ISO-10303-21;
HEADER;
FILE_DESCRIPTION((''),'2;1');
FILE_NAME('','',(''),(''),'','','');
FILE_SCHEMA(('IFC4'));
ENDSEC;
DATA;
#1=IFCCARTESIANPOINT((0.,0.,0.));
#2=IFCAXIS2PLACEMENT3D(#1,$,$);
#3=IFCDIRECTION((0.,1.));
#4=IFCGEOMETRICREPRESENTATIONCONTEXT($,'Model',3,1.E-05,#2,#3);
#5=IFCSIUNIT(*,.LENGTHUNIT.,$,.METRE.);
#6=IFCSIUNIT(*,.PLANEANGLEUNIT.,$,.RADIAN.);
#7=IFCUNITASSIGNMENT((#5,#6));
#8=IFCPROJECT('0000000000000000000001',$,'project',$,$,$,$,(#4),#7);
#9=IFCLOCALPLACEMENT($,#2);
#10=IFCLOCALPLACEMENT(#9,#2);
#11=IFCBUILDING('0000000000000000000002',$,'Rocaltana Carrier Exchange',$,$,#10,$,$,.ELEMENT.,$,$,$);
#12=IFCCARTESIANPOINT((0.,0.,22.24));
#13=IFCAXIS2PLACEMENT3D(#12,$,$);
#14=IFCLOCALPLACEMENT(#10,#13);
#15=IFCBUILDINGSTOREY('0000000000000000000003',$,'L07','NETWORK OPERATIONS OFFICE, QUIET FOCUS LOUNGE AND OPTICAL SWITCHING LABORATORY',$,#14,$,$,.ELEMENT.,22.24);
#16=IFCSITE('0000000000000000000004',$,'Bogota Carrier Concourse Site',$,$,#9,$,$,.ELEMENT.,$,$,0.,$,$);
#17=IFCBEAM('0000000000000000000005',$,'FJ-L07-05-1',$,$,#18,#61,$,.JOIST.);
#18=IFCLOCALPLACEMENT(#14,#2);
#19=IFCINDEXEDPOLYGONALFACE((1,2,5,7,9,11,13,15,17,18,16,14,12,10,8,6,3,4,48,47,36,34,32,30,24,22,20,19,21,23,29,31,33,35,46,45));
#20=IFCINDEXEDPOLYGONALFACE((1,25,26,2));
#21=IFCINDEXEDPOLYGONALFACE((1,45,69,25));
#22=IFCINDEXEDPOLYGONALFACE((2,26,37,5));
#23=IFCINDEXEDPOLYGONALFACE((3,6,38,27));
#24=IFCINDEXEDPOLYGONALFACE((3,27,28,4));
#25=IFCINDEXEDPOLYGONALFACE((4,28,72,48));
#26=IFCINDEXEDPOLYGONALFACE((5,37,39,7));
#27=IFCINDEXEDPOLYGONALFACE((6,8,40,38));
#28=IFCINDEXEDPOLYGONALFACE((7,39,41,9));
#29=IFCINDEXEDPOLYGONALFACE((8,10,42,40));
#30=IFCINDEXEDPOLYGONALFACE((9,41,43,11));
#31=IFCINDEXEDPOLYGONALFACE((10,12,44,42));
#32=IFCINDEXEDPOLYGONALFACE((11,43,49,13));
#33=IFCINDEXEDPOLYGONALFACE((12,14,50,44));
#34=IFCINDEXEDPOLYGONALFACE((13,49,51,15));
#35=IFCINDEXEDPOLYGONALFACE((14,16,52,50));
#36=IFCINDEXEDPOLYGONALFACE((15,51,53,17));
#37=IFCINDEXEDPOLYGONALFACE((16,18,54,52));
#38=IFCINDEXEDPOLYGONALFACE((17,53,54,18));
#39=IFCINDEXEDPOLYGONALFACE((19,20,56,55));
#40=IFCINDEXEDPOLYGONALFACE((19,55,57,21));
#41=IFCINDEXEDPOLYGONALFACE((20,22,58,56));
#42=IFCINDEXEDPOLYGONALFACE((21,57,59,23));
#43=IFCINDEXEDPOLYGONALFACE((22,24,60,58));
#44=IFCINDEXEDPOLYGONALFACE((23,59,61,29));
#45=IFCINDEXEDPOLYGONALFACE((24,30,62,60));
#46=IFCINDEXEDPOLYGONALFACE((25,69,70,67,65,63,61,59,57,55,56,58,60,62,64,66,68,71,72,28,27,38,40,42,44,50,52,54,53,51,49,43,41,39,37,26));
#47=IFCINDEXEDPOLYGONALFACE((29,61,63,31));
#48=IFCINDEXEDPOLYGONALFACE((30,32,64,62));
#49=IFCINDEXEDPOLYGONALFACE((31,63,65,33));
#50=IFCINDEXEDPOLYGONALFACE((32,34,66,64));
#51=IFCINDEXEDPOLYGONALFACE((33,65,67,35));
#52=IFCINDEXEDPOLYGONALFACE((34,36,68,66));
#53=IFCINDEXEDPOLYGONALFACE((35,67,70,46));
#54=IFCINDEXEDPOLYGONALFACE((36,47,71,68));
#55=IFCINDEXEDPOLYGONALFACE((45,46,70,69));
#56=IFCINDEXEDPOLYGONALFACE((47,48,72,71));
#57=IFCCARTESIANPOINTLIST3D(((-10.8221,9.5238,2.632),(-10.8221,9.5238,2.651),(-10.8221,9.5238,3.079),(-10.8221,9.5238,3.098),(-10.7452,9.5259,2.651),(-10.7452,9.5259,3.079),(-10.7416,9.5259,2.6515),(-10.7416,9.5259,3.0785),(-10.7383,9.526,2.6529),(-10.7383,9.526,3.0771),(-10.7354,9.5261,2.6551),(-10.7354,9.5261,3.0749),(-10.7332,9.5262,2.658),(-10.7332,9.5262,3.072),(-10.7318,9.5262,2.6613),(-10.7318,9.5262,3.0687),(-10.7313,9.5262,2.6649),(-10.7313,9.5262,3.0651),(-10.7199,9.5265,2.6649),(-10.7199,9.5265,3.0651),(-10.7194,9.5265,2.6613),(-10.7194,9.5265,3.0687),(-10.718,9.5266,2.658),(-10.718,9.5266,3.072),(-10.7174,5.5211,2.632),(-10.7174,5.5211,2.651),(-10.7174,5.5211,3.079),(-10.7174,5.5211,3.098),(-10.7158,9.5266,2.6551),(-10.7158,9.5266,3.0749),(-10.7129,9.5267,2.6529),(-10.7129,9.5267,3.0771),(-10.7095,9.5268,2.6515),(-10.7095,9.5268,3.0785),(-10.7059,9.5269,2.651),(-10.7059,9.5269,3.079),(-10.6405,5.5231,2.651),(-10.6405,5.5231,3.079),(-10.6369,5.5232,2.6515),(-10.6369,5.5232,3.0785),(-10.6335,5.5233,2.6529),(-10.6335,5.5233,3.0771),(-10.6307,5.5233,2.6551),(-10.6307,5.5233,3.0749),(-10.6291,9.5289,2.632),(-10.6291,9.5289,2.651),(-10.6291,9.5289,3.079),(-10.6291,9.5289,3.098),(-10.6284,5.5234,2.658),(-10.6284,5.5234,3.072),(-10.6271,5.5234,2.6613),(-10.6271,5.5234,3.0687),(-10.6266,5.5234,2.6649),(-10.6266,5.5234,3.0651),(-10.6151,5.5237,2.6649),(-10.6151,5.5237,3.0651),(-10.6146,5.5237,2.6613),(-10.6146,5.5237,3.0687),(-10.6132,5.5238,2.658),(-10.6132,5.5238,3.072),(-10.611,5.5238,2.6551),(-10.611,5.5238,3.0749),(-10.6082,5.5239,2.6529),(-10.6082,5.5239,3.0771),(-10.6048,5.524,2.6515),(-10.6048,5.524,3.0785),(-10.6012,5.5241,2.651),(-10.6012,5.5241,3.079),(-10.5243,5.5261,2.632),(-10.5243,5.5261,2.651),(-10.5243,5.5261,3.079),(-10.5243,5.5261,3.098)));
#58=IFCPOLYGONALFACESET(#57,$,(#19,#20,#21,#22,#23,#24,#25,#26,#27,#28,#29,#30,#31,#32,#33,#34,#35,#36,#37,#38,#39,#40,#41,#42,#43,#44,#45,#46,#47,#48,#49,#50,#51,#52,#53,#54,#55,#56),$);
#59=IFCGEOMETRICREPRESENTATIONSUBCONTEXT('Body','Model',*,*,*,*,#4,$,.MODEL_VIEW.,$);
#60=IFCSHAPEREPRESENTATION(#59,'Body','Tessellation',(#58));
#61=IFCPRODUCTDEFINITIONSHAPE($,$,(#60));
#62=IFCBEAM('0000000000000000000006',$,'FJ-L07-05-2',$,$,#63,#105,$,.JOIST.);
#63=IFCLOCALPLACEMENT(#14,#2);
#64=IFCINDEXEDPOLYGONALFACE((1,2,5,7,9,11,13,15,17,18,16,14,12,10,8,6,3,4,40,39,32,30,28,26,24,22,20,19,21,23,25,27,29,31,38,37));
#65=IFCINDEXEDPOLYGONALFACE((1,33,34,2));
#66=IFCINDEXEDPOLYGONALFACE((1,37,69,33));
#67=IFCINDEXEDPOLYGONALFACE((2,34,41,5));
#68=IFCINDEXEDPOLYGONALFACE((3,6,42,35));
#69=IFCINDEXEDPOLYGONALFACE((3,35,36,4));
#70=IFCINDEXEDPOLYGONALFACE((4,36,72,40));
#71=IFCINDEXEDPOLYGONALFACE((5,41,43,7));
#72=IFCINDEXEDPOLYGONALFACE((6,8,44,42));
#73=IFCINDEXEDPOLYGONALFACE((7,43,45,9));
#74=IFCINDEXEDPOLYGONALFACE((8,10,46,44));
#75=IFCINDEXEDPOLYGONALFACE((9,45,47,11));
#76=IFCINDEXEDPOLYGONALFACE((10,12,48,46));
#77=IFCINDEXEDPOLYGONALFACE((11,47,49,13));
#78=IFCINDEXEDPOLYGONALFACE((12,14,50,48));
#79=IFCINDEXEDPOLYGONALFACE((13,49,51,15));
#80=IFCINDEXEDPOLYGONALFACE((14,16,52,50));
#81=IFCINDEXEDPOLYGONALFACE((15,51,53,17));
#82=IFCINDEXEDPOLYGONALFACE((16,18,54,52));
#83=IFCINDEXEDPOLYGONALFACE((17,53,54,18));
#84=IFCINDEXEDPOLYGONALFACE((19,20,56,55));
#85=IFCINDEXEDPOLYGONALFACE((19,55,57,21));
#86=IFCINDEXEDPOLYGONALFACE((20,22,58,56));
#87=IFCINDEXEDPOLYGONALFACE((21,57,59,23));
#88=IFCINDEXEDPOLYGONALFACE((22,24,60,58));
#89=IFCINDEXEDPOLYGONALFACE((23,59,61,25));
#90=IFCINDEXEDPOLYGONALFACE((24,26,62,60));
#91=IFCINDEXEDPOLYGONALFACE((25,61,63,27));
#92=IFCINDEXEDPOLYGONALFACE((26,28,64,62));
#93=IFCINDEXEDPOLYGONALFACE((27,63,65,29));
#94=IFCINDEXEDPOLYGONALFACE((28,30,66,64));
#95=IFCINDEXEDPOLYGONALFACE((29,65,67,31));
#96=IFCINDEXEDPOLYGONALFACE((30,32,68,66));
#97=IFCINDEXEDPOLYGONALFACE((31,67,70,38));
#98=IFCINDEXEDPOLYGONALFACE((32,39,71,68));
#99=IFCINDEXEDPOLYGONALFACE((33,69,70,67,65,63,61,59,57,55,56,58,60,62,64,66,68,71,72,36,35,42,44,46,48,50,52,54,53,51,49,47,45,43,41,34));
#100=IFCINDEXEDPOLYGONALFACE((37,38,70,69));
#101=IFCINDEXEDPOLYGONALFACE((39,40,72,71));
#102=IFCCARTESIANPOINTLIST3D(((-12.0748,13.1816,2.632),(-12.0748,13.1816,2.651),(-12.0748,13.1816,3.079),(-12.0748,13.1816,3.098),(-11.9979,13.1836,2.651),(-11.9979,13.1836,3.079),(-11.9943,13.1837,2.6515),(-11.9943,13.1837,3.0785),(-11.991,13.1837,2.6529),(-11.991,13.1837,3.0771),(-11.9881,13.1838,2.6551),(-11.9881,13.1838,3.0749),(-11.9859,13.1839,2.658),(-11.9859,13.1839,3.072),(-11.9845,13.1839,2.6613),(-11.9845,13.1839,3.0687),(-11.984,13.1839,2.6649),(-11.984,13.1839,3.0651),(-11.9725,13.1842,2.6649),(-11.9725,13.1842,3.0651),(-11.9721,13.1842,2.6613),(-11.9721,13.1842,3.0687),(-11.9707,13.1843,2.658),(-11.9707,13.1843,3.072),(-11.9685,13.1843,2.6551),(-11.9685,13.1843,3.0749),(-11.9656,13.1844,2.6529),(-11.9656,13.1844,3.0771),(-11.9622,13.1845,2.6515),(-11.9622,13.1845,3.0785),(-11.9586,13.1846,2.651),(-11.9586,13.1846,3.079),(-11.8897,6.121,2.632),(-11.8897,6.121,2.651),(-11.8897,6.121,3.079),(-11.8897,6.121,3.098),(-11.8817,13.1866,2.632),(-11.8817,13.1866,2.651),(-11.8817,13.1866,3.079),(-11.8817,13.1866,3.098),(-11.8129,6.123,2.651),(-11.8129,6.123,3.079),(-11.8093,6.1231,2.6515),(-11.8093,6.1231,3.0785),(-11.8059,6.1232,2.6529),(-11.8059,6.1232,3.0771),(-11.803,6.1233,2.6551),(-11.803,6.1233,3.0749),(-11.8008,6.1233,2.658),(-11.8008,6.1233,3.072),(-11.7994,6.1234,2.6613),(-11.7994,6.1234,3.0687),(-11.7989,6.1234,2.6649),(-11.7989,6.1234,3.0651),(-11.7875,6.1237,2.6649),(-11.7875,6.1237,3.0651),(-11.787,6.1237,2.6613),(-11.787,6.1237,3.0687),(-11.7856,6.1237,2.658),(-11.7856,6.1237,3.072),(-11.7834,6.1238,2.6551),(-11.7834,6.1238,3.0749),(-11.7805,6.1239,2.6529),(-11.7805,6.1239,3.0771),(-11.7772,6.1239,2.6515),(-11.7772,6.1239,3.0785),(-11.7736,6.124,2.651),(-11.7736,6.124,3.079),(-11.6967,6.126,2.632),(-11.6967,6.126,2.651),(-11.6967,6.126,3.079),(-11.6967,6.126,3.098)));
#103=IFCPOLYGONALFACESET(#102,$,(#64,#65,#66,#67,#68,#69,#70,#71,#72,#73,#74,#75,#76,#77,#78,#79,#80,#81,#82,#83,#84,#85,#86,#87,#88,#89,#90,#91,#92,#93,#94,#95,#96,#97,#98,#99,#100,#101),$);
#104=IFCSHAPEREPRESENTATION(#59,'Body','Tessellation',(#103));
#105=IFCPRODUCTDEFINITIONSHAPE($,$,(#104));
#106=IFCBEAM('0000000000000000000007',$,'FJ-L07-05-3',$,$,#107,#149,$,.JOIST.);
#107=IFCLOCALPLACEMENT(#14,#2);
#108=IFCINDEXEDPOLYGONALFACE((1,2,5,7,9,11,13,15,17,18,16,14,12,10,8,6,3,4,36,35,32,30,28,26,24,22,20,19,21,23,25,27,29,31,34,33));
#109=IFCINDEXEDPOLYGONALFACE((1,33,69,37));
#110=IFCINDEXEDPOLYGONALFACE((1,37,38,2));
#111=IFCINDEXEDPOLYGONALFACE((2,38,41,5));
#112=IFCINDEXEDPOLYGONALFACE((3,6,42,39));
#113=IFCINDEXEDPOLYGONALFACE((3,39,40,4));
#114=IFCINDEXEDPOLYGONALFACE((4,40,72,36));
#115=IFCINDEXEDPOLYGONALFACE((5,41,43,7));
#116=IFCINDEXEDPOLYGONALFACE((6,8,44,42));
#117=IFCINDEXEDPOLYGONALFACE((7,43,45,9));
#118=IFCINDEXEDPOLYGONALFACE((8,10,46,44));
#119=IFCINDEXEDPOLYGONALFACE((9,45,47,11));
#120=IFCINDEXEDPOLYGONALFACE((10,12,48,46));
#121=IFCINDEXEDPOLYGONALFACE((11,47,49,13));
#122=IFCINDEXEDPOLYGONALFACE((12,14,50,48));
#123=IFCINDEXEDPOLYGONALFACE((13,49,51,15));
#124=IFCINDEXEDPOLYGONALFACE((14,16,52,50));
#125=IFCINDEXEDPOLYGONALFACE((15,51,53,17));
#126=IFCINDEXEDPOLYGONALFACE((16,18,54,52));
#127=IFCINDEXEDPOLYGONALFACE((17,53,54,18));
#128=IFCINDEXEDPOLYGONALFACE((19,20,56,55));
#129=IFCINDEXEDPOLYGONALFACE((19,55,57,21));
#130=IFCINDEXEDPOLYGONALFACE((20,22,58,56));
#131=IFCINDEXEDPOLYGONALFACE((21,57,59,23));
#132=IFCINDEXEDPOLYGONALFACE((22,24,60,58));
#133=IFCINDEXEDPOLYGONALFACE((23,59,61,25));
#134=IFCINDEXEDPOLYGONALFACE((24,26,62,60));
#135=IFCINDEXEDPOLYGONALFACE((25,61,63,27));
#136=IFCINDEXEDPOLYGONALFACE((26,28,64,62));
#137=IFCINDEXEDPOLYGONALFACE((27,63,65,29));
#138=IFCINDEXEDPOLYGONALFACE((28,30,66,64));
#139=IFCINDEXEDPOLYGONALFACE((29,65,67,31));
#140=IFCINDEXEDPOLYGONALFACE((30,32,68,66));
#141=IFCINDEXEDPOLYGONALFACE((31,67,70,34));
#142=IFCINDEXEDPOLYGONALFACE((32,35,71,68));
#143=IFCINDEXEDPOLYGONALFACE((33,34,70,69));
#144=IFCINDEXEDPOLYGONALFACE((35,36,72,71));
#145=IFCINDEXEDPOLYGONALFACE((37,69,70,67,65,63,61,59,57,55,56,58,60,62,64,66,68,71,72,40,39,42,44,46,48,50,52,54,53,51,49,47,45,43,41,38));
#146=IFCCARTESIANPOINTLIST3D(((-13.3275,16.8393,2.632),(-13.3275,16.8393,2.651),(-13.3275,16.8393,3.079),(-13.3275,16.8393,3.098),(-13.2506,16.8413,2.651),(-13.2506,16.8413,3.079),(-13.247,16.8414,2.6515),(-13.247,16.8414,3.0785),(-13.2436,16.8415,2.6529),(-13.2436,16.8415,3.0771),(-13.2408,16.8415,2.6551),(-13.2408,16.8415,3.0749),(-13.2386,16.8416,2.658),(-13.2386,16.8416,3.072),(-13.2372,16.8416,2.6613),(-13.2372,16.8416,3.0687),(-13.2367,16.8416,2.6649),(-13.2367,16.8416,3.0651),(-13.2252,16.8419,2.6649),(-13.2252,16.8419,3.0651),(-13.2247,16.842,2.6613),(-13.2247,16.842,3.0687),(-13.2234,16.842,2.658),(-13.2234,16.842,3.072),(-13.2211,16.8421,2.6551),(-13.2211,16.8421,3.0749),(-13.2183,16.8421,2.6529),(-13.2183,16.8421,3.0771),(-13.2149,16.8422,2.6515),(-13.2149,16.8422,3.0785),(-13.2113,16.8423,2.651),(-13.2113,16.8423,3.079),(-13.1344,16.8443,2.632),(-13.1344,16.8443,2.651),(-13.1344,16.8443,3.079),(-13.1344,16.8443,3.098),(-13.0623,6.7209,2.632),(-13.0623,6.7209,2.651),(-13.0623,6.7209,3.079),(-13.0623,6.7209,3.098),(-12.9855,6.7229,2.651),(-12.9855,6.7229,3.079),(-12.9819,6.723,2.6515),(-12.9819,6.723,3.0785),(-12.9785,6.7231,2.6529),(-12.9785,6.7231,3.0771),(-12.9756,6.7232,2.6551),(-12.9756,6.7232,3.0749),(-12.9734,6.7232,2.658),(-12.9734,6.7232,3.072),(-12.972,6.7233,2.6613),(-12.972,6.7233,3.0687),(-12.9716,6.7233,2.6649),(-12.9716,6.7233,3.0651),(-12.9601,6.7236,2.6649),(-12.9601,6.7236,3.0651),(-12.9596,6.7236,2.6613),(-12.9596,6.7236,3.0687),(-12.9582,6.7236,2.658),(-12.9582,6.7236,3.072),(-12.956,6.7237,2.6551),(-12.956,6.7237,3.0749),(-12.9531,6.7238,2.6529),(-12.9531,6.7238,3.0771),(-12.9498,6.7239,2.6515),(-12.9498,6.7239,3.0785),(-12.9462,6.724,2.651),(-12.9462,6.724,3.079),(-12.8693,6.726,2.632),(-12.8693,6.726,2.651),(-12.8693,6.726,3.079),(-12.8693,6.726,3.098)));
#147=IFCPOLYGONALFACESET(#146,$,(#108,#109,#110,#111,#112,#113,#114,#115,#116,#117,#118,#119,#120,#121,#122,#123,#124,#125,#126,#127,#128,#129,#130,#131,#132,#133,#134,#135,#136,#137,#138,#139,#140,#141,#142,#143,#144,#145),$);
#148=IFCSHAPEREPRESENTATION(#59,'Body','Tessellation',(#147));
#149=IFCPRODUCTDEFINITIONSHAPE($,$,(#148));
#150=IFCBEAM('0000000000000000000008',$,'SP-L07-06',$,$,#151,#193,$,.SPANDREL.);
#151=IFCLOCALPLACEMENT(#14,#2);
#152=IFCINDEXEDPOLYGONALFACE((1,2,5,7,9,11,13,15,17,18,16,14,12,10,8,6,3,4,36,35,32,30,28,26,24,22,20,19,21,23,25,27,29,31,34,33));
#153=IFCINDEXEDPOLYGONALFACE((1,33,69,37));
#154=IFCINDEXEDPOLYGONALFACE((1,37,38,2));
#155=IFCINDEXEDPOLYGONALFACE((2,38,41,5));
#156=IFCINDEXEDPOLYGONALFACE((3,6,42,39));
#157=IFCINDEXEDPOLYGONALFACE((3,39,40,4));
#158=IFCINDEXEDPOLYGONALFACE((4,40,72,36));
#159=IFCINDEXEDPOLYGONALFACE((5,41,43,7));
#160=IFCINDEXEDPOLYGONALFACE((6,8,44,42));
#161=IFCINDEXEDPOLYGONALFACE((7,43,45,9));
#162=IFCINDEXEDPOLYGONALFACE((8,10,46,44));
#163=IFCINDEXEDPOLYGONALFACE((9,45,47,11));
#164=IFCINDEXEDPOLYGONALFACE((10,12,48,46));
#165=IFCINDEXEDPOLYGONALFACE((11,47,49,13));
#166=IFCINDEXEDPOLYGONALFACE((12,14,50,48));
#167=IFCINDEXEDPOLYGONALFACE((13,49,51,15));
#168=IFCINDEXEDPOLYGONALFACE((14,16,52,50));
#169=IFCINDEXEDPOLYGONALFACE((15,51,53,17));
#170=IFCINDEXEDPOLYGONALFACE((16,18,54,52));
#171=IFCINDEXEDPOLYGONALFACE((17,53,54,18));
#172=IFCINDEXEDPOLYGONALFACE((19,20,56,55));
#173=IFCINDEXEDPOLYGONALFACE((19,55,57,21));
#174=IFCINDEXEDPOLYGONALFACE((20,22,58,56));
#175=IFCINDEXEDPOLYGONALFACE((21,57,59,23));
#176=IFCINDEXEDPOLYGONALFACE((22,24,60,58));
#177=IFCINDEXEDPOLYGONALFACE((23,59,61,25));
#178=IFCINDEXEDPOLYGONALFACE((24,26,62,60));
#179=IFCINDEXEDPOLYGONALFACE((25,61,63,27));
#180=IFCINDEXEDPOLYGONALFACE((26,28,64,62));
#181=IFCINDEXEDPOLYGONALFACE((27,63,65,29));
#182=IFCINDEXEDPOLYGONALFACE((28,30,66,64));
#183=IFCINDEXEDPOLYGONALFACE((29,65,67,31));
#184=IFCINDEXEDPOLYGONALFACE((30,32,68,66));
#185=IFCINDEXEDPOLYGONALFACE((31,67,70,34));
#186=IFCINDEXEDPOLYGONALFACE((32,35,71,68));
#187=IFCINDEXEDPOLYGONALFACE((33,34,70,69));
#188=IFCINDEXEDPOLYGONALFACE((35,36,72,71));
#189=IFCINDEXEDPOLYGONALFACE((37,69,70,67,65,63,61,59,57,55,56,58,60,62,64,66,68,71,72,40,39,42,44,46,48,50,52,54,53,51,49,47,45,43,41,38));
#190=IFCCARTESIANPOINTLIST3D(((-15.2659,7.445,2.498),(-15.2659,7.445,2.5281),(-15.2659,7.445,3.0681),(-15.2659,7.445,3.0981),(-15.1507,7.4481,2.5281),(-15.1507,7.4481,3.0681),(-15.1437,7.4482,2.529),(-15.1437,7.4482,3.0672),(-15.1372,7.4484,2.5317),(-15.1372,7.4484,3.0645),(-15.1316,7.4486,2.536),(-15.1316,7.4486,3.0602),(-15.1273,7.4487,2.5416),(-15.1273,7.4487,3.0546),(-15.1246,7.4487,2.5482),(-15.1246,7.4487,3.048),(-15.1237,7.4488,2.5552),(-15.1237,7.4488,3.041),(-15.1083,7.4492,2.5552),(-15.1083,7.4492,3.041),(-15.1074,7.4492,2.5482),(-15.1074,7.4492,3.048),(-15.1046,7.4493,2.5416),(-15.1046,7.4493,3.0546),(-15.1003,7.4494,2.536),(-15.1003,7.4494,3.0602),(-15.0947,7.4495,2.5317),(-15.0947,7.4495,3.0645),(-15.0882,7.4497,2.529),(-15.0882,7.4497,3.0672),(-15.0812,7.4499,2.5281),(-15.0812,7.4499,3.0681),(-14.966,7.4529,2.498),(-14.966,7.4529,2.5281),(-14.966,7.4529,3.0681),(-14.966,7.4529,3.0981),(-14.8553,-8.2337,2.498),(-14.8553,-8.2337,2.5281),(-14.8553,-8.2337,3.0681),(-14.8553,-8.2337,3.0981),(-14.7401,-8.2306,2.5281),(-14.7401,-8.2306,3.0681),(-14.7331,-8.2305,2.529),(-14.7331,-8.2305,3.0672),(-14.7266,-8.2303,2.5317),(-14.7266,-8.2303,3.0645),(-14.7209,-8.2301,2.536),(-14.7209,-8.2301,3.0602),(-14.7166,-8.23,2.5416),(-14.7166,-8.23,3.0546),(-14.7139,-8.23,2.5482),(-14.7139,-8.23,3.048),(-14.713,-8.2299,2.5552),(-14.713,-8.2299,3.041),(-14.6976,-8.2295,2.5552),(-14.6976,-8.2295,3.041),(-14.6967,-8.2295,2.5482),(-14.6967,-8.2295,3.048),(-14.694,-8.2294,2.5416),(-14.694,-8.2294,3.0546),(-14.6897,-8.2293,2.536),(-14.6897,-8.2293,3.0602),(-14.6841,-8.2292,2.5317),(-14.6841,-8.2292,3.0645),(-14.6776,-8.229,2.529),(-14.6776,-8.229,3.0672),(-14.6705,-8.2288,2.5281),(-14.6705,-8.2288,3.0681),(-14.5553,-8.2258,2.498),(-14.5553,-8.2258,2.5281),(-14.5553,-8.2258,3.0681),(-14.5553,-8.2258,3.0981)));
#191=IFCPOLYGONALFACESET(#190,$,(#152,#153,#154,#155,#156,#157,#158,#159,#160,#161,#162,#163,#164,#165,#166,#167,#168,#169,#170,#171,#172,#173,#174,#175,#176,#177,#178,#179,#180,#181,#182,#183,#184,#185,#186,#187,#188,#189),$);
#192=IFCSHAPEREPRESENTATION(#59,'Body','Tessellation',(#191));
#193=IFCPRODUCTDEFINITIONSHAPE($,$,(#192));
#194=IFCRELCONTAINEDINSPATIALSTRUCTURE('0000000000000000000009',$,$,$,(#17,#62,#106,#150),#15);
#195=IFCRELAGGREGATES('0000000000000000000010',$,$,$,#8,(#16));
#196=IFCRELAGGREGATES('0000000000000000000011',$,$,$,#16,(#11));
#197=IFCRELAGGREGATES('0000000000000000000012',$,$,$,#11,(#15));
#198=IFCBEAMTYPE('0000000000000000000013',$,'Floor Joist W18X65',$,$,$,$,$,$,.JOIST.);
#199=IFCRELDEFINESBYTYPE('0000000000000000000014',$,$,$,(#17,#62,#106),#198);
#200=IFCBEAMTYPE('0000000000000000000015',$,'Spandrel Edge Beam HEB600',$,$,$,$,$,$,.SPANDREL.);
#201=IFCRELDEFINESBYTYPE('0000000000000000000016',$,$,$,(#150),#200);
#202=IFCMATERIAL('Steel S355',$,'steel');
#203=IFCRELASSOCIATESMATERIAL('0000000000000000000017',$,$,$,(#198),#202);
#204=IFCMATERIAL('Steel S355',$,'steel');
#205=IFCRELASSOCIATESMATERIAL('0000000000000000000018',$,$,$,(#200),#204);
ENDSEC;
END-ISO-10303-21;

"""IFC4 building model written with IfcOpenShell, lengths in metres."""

from ifc_helpers import new_model, si_unit, direction, frame, origin, origin_2d, place, context, subcontext, project, spatial, i_section, extrude, material, material_profile, profile_set, type_object, element, save


model = new_model("IFC4")

# Units and contexts
model_context = context("Model", 3, precision=1e-05, world=origin(), true_north=direction((0.0, 1.0)))
body_context = subcontext(model_context, "Body", "Model", "MODEL_VIEW")
ifc_project = project(units=[si_unit("LENGTHUNIT", "METRE"), si_unit("PLANEANGLEUNIT", "RADIAN")], contexts=[model_context])

# Site, building, storey
site_placement = place(None, origin())
site = spatial("IfcSite", under=ifc_project, at=site_placement, Name="Bogota Carrier Concourse Site", CompositionType="ELEMENT", RefElevation=0.0)
building_placement = place(site_placement, origin())
building = spatial("IfcBuilding", under=site, at=building_placement, Name="Rocaltana Carrier Exchange", CompositionType="ELEMENT")
storey_placement = place(building_placement, frame((0.0, 0.0, 22.24)))
storey = spatial("IfcBuildingStorey", under=building, at=storey_placement, Name="L07", Description="NETWORK OPERATIONS OFFICE, QUIET FOCUS LOUNGE AND OPTICAL SWITCHING LABORATORY", CompositionType="ELEMENT", Elevation=22.24)

# Beams
ifc_material_1 = material(Name="Steel S355", Category="steel")
ifc_material_profile_1 = material_profile(ifc_material_1, i_section(OverallWidth=0.1931, OverallDepth=0.4661, WebThickness=0.0115, FlangeThickness=0.019, FilletRadius=0.0139, at=origin_2d()), Name="W18X65")
ifc_profile_set_1 = profile_set([ifc_material_profile_1], Name="Steel S355")
beam_type_1 = type_object("IfcBeamType", Name="Floor Joist W18X65", PredefinedType="JOIST", material=ifc_profile_set_1)
beam_1_placement = place(storey_placement, frame((-10.7256, 9.5264, 2.865), z_axis=(0.026158, -0.999658, 0.0), x_axis=(0.999658, 0.026158, 0.0)))
element("IfcBeam", 1, at=beam_1_placement, inside=storey, type_object=beam_type_1, Name="FJ-L07-05-1", PredefinedType="JOIST", context=body_context, shape_type="SweptSolid", body=[
    extrude(i_section(OverallWidth=0.1931, OverallDepth=0.4661, WebThickness=0.0115, FlangeThickness=0.019, FilletRadius=0.0139, at=origin_2d()), origin(), (0.0, 0.0, 1.0), 4.0042),
])
beam_2_placement = place(storey_placement, frame((-11.9783, 13.1841, 2.865), z_axis=(0.026201, -0.999657, 0.0), x_axis=(0.999657, 0.026201, 0.0)))
element("IfcBeam", 2, at=beam_2_placement, inside=storey, type_object=beam_type_1, Name="FJ-L07-05-2", PredefinedType="JOIST", context=body_context, shape_type="SweptSolid", body=[
    extrude(i_section(OverallWidth=0.1931, OverallDepth=0.4661, WebThickness=0.0115, FlangeThickness=0.019, FilletRadius=0.0139, at=origin_2d()), origin(), (0.0, 0.0, 1.0), 7.063),
])
beam_3_placement = place(storey_placement, frame((-13.231, 16.8418, 2.865), z_axis=(0.026194, -0.999657, 0.0), x_axis=(0.999657, 0.026194, 0.0)))
element("IfcBeam", 3, at=beam_3_placement, inside=storey, type_object=beam_type_1, Name="FJ-L07-05-3", PredefinedType="JOIST", context=body_context, shape_type="SweptSolid", body=[
    extrude(i_section(OverallWidth=0.1931, OverallDepth=0.4661, WebThickness=0.0115, FlangeThickness=0.019, FilletRadius=0.0139, at=origin_2d()), origin(), (0.0, 0.0, 1.0), 10.1218),
])
ifc_material_2 = material(Name="Steel S355", Category="steel")
ifc_material_profile_2 = material_profile(ifc_material_2, i_section(OverallWidth=0.3, OverallDepth=0.6001, WebThickness=0.0154, FlangeThickness=0.03, FilletRadius=0.0271, at=origin_2d()), Name="HEB600")
ifc_profile_set_2 = profile_set([ifc_material_profile_2], Name="Steel S355")
beam_type_2 = type_object("IfcBeamType", Name="Spandrel Edge Beam HEB600", PredefinedType="SPANDREL", material=ifc_profile_set_2)
beam_4_placement = place(storey_placement, frame((-15.116, 7.449, 2.7981), z_axis=(0.026182, -0.999657, 0.0), x_axis=(0.999657, 0.026182, 0.0)))
element("IfcBeam", 4, at=beam_4_placement, inside=storey, type_object=beam_type_2, Name="SP-L07-06", PredefinedType="SPANDREL", context=body_context, shape_type="SweptSolid", body=[
    extrude(i_section(OverallWidth=0.3, OverallDepth=0.6001, WebThickness=0.0154, FlangeThickness=0.03, FilletRadius=0.0271, at=origin_2d()), origin(), (0.0, 0.0, 1.0), 15.6841),
])

save(model, "model.ifc")
